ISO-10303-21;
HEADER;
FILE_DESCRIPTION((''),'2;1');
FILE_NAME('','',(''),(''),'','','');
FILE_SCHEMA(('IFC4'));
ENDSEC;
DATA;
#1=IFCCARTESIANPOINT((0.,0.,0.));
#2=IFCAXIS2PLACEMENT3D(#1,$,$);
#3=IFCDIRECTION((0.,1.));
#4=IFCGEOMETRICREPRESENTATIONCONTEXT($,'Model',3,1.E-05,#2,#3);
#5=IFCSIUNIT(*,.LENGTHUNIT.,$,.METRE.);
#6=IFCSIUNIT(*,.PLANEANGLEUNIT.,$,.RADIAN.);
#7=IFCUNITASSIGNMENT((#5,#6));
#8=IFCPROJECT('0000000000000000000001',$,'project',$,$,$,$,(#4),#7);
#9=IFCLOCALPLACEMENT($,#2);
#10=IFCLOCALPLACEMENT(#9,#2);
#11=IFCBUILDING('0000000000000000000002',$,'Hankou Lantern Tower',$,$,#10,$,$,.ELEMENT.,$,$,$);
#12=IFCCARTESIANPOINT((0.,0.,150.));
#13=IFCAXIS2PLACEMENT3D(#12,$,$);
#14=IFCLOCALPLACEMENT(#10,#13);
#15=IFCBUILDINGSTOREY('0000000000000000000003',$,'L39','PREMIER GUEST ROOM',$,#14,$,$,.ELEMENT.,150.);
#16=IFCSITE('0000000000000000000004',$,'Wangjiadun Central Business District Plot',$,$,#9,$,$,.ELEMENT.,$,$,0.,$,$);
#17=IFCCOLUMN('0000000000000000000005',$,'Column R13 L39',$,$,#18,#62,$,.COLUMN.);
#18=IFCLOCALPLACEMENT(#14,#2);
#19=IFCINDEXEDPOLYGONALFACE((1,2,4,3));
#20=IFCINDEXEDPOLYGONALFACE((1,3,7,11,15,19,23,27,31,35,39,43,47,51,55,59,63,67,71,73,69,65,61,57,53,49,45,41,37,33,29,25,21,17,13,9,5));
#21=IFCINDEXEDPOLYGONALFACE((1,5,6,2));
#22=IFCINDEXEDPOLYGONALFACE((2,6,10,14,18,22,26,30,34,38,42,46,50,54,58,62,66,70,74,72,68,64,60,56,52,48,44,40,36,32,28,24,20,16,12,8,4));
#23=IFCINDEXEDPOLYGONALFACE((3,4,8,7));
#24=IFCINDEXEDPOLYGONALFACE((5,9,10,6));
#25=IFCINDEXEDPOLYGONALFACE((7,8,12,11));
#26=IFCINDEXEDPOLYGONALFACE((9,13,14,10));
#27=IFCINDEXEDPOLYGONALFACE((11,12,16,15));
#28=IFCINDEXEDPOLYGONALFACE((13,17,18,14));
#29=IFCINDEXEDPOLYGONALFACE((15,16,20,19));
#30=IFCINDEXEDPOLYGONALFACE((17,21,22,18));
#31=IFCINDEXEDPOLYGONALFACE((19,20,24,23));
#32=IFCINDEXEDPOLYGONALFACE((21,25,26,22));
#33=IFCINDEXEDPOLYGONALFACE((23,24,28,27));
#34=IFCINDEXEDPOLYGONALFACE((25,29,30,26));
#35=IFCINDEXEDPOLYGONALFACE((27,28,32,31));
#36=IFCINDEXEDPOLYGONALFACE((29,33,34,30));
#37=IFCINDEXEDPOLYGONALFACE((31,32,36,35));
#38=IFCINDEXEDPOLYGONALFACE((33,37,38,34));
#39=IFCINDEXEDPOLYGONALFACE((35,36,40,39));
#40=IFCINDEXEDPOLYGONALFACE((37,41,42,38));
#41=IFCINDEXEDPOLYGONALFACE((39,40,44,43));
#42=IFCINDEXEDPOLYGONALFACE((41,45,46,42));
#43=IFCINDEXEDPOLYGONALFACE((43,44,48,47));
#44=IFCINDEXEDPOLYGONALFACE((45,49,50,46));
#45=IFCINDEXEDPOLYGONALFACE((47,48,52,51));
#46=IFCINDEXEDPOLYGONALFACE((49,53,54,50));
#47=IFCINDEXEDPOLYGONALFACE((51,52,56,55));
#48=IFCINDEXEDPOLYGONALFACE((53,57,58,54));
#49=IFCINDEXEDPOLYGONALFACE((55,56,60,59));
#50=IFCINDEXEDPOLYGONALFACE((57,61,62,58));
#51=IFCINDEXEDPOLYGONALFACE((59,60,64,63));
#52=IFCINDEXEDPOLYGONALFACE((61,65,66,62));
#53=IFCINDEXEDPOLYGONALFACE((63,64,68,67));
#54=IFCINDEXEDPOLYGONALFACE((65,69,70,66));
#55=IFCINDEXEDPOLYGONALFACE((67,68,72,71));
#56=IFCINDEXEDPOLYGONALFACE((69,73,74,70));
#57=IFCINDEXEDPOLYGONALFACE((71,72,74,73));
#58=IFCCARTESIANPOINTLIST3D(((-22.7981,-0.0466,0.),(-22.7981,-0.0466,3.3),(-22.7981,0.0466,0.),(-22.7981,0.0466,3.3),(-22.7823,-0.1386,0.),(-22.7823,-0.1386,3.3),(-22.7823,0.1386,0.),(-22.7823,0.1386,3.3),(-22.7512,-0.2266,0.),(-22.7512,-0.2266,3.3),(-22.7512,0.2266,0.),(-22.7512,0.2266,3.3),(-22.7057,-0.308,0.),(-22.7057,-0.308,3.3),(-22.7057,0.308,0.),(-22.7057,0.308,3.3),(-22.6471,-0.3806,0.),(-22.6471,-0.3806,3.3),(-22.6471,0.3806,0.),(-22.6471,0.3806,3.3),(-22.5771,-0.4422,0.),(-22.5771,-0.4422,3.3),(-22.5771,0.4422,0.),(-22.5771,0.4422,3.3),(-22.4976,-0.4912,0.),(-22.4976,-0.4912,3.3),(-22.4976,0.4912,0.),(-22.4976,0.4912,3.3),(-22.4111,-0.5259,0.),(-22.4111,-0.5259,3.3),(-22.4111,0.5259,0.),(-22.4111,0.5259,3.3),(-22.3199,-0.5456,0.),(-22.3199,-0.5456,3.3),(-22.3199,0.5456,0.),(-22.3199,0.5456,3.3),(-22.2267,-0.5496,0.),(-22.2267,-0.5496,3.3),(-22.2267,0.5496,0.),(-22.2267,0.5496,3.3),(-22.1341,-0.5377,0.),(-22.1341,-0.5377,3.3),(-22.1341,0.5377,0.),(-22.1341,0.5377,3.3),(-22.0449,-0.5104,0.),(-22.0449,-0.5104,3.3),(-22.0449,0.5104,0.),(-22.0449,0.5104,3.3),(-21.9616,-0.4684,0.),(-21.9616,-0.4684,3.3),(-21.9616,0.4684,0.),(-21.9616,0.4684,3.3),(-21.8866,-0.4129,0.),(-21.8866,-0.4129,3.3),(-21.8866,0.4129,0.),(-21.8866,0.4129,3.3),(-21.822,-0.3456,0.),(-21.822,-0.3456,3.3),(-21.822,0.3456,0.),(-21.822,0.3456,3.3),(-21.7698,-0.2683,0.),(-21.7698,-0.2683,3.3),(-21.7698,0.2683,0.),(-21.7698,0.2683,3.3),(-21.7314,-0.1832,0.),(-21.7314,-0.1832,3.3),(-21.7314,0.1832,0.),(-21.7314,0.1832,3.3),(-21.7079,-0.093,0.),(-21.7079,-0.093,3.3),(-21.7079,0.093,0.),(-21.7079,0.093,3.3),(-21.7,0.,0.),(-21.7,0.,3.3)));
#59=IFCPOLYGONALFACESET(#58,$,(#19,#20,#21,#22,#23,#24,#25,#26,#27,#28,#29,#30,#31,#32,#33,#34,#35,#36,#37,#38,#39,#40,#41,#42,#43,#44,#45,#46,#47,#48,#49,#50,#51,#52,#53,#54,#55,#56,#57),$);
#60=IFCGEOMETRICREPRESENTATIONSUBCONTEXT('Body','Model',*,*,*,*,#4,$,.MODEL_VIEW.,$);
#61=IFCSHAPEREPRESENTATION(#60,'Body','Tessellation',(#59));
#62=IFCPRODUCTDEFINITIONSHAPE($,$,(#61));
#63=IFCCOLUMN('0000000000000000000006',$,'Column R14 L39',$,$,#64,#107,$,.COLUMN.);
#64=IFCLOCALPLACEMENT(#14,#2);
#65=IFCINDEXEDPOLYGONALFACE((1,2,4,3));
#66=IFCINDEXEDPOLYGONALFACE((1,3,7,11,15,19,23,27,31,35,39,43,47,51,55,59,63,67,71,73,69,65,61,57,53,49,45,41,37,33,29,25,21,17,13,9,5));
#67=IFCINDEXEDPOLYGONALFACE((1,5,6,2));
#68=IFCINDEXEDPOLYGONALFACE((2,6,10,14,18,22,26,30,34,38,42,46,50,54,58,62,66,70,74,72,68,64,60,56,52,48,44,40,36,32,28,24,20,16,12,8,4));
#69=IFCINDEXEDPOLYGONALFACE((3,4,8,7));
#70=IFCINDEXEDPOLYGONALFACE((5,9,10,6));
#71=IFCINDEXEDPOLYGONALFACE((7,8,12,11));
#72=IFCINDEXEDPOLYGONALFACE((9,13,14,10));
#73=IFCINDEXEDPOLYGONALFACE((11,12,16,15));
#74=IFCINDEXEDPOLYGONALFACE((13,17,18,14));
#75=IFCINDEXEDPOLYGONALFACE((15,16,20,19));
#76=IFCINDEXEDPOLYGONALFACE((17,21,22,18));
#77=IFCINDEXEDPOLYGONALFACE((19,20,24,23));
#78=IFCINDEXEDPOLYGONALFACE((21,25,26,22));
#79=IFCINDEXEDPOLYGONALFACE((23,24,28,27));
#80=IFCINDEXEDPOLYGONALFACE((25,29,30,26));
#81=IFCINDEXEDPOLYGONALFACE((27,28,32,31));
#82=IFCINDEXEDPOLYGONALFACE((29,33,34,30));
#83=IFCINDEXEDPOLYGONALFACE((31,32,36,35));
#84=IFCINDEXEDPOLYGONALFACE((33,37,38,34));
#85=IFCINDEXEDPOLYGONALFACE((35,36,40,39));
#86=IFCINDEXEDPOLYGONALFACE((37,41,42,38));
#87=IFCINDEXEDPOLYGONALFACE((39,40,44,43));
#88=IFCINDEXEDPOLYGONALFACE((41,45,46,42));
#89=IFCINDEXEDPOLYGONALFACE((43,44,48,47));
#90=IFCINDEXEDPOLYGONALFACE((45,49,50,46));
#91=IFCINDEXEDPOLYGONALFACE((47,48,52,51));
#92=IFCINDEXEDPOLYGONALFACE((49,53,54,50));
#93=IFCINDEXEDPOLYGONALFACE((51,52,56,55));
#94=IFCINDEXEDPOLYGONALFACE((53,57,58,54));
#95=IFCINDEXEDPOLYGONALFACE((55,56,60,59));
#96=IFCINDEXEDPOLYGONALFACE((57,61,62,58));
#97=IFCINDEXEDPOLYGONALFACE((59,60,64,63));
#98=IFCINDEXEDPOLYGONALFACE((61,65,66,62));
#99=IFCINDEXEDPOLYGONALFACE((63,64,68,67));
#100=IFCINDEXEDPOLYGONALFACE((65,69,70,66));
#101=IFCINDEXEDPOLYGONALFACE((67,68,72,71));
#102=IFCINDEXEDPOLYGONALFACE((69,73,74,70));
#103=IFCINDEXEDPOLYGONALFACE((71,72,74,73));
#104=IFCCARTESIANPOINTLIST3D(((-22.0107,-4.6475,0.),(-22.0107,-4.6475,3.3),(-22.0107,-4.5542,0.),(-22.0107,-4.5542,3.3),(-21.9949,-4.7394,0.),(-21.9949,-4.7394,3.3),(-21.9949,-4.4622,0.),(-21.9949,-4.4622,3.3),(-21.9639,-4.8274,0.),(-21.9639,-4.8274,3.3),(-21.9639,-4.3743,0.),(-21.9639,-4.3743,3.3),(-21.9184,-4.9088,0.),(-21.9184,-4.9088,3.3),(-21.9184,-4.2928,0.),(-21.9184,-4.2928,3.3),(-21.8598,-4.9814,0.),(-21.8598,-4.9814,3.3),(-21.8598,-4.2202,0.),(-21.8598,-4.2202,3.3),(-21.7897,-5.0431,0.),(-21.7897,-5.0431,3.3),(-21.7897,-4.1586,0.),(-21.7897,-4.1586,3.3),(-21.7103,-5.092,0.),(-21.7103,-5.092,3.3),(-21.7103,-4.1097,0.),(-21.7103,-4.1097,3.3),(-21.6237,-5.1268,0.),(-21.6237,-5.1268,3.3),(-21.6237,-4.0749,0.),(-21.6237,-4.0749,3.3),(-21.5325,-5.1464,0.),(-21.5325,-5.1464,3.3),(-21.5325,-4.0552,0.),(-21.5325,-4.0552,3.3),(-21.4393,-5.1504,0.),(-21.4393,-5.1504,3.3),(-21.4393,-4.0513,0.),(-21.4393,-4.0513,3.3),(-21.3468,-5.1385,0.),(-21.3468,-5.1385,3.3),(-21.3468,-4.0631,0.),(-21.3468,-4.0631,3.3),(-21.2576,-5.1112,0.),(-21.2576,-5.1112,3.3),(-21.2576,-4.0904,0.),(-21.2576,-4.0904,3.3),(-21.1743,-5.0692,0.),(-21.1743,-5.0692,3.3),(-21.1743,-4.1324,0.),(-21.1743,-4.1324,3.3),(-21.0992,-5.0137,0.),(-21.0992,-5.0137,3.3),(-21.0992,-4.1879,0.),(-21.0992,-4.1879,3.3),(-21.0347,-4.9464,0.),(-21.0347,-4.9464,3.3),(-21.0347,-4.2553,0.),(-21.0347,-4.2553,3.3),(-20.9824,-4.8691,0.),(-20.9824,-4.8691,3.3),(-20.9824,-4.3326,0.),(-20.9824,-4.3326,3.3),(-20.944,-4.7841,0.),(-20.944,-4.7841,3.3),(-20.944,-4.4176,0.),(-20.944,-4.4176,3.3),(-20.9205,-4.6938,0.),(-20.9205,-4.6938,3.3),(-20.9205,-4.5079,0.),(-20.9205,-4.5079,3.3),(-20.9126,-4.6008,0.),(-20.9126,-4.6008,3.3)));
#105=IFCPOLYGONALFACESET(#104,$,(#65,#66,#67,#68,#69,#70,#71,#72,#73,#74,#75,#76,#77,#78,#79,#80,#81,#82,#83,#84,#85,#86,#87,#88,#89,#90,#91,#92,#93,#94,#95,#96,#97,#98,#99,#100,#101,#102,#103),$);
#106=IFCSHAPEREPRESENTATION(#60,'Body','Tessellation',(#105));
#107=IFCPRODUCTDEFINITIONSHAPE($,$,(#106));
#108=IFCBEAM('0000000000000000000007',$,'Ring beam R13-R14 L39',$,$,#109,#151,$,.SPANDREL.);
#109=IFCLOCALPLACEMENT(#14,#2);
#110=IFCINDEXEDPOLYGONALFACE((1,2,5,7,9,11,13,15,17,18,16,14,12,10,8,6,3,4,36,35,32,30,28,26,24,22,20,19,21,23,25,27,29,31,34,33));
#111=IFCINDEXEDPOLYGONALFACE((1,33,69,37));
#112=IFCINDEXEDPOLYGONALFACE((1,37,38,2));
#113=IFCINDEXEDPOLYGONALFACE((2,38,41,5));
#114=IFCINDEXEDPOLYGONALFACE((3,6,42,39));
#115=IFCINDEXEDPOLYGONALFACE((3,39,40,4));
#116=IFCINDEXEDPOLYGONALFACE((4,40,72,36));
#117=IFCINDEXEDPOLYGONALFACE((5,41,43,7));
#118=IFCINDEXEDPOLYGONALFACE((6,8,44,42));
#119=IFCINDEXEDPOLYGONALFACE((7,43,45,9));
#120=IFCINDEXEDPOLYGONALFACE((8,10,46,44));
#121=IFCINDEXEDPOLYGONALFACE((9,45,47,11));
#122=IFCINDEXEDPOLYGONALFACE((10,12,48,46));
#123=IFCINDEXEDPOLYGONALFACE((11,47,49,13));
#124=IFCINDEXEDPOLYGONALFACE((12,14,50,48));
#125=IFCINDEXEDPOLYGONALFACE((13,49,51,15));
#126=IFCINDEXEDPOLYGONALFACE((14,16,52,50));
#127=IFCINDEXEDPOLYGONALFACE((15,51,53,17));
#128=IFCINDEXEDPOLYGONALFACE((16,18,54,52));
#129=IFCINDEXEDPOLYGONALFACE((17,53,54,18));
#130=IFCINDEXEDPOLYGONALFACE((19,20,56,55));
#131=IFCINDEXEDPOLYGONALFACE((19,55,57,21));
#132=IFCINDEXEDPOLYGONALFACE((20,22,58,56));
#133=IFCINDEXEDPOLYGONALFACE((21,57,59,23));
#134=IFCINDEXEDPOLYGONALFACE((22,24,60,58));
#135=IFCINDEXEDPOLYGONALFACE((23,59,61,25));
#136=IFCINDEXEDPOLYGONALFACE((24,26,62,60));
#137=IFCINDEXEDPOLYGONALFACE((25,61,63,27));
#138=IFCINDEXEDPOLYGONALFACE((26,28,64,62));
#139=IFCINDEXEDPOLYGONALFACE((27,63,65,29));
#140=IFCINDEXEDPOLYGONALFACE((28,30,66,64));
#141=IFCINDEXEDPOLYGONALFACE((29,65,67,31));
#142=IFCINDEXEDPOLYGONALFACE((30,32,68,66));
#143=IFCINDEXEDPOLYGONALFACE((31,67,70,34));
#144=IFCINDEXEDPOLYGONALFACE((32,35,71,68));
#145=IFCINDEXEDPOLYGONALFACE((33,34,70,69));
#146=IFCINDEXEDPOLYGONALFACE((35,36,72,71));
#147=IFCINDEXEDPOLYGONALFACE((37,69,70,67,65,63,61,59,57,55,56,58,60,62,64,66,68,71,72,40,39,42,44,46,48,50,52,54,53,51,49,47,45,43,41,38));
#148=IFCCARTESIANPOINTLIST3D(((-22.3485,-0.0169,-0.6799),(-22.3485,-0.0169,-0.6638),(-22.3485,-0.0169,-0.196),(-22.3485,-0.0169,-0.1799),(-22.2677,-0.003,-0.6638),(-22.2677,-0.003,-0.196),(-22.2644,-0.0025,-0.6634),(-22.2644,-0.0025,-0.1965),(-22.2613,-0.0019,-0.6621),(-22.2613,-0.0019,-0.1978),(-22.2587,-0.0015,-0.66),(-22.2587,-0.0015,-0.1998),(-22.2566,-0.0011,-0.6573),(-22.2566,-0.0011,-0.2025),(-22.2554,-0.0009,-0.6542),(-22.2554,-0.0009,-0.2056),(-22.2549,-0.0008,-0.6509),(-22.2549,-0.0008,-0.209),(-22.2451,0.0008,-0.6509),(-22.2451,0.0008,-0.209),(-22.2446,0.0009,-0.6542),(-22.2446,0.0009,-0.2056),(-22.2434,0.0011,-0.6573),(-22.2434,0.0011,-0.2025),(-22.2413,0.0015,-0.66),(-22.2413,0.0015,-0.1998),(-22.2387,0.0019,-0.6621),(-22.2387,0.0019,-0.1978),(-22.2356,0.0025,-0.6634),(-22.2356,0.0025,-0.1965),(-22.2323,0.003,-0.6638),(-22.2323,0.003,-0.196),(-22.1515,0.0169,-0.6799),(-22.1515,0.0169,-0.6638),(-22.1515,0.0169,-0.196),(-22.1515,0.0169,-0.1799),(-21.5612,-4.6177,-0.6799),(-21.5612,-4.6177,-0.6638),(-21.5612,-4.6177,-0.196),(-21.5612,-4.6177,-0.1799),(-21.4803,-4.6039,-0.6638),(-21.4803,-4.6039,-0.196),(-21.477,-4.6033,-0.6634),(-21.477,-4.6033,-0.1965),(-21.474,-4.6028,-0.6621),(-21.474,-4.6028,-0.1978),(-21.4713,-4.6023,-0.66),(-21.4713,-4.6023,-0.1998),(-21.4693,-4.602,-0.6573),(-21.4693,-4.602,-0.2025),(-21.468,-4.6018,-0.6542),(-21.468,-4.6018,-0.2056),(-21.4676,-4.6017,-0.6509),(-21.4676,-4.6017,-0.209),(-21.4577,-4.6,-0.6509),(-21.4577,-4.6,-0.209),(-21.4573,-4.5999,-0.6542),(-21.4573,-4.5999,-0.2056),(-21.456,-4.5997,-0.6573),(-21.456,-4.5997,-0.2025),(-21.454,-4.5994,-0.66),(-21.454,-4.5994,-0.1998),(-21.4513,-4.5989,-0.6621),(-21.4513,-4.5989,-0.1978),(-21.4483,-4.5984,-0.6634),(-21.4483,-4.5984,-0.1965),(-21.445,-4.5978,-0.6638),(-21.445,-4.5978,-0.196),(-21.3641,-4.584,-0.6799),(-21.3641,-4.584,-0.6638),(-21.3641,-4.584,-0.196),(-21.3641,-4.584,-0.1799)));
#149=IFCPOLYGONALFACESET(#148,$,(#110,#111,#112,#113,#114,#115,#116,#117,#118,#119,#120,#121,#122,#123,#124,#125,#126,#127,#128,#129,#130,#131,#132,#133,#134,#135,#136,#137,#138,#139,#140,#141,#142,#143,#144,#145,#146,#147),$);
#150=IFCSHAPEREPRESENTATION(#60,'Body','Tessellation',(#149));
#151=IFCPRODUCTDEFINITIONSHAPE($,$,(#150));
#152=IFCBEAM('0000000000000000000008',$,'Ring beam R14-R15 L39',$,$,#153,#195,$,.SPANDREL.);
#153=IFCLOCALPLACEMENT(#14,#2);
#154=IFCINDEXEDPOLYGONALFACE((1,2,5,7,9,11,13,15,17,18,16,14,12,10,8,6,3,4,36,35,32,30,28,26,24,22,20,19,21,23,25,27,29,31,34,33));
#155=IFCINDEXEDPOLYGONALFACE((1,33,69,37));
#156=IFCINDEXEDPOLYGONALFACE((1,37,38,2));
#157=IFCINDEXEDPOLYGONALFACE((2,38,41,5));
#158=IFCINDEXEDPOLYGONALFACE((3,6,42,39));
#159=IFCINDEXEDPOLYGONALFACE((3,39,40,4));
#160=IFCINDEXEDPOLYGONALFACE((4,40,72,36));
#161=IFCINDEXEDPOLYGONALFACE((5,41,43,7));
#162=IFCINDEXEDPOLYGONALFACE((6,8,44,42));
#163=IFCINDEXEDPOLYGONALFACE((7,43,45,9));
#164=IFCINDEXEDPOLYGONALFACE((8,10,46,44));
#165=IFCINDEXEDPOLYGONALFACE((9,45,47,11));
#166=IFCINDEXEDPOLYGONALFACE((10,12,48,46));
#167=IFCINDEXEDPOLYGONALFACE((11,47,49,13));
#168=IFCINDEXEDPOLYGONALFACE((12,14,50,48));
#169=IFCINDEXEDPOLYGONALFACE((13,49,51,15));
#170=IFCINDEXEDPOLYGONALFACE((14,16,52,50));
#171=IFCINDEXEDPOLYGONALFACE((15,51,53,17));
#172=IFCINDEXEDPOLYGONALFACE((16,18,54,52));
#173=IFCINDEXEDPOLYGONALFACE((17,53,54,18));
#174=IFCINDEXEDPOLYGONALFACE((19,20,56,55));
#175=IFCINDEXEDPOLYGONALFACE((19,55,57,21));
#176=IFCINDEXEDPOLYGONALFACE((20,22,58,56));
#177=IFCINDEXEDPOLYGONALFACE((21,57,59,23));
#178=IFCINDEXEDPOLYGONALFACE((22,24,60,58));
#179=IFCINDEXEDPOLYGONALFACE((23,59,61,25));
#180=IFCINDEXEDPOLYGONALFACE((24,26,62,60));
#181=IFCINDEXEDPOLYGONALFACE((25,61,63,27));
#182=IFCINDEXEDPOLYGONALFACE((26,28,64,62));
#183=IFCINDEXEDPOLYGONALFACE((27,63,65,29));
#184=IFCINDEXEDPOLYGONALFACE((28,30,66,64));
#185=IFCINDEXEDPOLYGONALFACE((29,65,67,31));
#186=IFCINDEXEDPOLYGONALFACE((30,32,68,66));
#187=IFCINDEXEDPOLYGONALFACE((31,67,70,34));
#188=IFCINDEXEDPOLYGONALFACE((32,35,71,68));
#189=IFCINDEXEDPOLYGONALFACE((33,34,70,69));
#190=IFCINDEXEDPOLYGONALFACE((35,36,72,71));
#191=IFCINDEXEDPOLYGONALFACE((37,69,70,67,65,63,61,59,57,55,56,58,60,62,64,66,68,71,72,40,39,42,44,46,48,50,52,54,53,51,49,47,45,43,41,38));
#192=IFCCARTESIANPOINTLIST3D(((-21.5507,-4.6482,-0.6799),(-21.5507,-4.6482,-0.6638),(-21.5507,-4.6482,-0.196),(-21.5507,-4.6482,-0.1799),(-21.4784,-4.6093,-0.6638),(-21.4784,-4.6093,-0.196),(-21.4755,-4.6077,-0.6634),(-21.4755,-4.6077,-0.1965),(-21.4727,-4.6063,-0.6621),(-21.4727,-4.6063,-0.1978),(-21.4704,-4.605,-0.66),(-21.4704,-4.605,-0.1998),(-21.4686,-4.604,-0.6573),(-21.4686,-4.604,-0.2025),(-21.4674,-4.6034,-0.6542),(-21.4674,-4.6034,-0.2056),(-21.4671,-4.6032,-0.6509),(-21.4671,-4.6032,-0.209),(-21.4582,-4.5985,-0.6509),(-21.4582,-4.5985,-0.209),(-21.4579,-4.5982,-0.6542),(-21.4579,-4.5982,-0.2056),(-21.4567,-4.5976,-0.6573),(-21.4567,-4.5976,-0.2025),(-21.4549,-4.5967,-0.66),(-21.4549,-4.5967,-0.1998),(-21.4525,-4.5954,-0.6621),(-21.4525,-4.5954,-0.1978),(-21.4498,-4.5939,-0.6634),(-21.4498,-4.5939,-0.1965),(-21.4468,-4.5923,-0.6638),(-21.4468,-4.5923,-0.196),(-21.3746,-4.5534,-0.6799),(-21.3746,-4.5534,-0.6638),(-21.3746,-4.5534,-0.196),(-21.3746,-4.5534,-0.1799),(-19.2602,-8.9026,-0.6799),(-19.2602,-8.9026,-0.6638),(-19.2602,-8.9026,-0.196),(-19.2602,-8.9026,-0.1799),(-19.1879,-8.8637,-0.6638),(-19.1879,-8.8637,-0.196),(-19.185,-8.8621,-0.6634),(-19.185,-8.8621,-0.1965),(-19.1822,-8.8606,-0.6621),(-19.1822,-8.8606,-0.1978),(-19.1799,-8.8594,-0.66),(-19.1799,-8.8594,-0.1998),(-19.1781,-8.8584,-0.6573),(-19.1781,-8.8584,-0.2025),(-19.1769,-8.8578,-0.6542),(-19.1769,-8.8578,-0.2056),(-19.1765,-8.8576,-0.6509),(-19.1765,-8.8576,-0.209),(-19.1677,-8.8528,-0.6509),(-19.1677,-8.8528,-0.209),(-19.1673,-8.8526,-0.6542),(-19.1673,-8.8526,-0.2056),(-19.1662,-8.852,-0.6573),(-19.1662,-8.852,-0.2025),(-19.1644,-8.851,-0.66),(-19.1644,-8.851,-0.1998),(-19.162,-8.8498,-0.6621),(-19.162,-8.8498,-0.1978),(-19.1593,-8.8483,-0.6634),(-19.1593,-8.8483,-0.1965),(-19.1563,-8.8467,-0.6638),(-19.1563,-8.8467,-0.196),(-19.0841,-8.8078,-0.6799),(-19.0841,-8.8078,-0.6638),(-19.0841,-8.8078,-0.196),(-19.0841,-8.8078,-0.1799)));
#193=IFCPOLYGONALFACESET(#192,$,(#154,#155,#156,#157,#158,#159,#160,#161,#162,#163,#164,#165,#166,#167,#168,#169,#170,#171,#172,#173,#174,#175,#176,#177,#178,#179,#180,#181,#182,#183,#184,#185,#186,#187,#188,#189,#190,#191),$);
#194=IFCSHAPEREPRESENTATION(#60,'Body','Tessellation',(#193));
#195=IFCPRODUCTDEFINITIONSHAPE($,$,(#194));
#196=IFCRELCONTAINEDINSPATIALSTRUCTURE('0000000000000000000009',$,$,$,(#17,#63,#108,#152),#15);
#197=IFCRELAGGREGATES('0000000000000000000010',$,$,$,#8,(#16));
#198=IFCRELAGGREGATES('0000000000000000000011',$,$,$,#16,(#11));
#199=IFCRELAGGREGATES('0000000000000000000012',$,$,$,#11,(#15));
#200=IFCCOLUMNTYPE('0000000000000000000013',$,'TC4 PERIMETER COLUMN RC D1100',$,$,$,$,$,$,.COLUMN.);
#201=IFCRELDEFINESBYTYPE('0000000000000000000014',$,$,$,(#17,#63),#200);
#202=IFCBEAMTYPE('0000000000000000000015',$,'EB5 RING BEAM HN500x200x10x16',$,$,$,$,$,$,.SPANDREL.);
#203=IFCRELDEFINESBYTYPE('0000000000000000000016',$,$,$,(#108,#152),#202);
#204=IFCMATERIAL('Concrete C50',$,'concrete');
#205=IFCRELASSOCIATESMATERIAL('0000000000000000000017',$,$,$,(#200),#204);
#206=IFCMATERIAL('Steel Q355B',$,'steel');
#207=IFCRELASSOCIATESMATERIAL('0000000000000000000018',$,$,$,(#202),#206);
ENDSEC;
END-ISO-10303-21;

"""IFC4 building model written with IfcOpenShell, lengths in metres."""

from ifc_helpers import new_model, si_unit, direction, frame, origin, origin_2d, place, context, subcontext, project, spatial, circle, i_section, extrude, material, material_profile, profile_set, type_object, element, save


model = new_model("IFC4")

# Units and contexts
model_context = context("Model", 3, precision=1e-05, world=origin(), true_north=direction((0.0, 1.0)))
body_context = subcontext(model_context, "Body", "Model", "MODEL_VIEW")
ifc_project = project(units=[si_unit("LENGTHUNIT", "METRE"), si_unit("PLANEANGLEUNIT", "RADIAN")], contexts=[model_context])

# Site, building, storey
site_placement = place(None, origin())
site = spatial("IfcSite", under=ifc_project, at=site_placement, Name="Wangjiadun Central Business District Plot", CompositionType="ELEMENT", RefElevation=0.0)
building_placement = place(site_placement, origin())
building = spatial("IfcBuilding", under=site, at=building_placement, Name="Hankou Lantern Tower", CompositionType="ELEMENT")
storey_placement = place(building_placement, frame((0.0, 0.0, 150.0)))
storey = spatial("IfcBuildingStorey", under=building, at=storey_placement, Name="L39", Description="PREMIER GUEST ROOM", CompositionType="ELEMENT", Elevation=150.0)

# Columns
ifc_material_1 = material(Name="Concrete C50", Category="concrete")
ifc_material_profile_1 = material_profile(ifc_material_1, circle(Radius=0.55, at=origin_2d()), Name="RC D1100")
ifc_profile_set_1 = profile_set([ifc_material_profile_1], Name="Concrete C50")
column_type = type_object("IfcColumnType", Name="TC4 PERIMETER COLUMN RC D1100", PredefinedType="COLUMN", material=ifc_profile_set_1)
for number, where, z_axis, x_axis, name in (
    (1, (-22.25, 0.0, 0.0), (0.0, 0.0, 1.0), (1.0, 0.0, 0.0), "Column R13 L39"),
    (2, (-21.4626, -4.6008, 0.0), (0.0, 0.0, 1.0), (1.0, 0.0, 0.0), "Column R14 L39"),
):
    element("IfcColumn", number, at=place(storey_placement, frame(where, z_axis=z_axis, x_axis=x_axis)), inside=storey, type_object=column_type, Name=name, PredefinedType="COLUMN", context=body_context, shape_type="SweptSolid", body=[
        extrude(circle(Radius=0.55, at=origin_2d()), origin(), (0.0, 0.0, 1.0), 3.3),
    ])

# Beams
ifc_material_2 = material(Name="Steel Q355B", Category="steel")
ifc_material_profile_2 = material_profile(ifc_material_2, i_section(OverallWidth=0.2, OverallDepth=0.5, WebThickness=0.01, FlangeThickness=0.0161, FilletRadius=0.0129, at=origin_2d()), Name="HN500x200x10x16")
ifc_profile_set_2 = profile_set([ifc_material_profile_2], Name="Steel Q355B")
beam_type_1 = type_object("IfcBeamType", Name="EB5 RING BEAM HN500x200x10x16", PredefinedType="SPANDREL", material=ifc_profile_set_2)
beam_1_placement = place(storey_placement, frame((-22.25, 0.0, -0.4299), z_axis=(0.168681, -0.985671, 0.0), x_axis=(0.985671, 0.168681, 0.0)))
element("IfcBeam", 3, at=beam_1_placement, inside=storey, type_object=beam_type_1, Name="Ring beam R13-R14 L39", PredefinedType="SPANDREL", context=body_context, shape_type="SweptSolid", body=[
    extrude(i_section(OverallWidth=0.2, OverallDepth=0.5, WebThickness=0.01, FlangeThickness=0.0161, FilletRadius=0.0129, at=origin_2d()), origin(), (0.0, 0.0, 1.0), 4.6677),
])
beam_2_placement = place(storey_placement, frame((-21.4626, -4.6008, -0.4299), z_axis=(0.474052, -0.880497, 0.0), x_axis=(0.880497, 0.474052, 0.0)))
element("IfcBeam", 4, at=beam_2_placement, inside=storey, type_object=beam_type_1, Name="Ring beam R14-R15 L39", PredefinedType="SPANDREL", context=body_context, shape_type="SweptSolid", body=[
    extrude(i_section(OverallWidth=0.2, OverallDepth=0.5, WebThickness=0.01, FlangeThickness=0.0161, FilletRadius=0.0129, at=origin_2d()), origin(), (0.0, 0.0, 1.0), 4.8318),
])

save(model, "model.ifc")
